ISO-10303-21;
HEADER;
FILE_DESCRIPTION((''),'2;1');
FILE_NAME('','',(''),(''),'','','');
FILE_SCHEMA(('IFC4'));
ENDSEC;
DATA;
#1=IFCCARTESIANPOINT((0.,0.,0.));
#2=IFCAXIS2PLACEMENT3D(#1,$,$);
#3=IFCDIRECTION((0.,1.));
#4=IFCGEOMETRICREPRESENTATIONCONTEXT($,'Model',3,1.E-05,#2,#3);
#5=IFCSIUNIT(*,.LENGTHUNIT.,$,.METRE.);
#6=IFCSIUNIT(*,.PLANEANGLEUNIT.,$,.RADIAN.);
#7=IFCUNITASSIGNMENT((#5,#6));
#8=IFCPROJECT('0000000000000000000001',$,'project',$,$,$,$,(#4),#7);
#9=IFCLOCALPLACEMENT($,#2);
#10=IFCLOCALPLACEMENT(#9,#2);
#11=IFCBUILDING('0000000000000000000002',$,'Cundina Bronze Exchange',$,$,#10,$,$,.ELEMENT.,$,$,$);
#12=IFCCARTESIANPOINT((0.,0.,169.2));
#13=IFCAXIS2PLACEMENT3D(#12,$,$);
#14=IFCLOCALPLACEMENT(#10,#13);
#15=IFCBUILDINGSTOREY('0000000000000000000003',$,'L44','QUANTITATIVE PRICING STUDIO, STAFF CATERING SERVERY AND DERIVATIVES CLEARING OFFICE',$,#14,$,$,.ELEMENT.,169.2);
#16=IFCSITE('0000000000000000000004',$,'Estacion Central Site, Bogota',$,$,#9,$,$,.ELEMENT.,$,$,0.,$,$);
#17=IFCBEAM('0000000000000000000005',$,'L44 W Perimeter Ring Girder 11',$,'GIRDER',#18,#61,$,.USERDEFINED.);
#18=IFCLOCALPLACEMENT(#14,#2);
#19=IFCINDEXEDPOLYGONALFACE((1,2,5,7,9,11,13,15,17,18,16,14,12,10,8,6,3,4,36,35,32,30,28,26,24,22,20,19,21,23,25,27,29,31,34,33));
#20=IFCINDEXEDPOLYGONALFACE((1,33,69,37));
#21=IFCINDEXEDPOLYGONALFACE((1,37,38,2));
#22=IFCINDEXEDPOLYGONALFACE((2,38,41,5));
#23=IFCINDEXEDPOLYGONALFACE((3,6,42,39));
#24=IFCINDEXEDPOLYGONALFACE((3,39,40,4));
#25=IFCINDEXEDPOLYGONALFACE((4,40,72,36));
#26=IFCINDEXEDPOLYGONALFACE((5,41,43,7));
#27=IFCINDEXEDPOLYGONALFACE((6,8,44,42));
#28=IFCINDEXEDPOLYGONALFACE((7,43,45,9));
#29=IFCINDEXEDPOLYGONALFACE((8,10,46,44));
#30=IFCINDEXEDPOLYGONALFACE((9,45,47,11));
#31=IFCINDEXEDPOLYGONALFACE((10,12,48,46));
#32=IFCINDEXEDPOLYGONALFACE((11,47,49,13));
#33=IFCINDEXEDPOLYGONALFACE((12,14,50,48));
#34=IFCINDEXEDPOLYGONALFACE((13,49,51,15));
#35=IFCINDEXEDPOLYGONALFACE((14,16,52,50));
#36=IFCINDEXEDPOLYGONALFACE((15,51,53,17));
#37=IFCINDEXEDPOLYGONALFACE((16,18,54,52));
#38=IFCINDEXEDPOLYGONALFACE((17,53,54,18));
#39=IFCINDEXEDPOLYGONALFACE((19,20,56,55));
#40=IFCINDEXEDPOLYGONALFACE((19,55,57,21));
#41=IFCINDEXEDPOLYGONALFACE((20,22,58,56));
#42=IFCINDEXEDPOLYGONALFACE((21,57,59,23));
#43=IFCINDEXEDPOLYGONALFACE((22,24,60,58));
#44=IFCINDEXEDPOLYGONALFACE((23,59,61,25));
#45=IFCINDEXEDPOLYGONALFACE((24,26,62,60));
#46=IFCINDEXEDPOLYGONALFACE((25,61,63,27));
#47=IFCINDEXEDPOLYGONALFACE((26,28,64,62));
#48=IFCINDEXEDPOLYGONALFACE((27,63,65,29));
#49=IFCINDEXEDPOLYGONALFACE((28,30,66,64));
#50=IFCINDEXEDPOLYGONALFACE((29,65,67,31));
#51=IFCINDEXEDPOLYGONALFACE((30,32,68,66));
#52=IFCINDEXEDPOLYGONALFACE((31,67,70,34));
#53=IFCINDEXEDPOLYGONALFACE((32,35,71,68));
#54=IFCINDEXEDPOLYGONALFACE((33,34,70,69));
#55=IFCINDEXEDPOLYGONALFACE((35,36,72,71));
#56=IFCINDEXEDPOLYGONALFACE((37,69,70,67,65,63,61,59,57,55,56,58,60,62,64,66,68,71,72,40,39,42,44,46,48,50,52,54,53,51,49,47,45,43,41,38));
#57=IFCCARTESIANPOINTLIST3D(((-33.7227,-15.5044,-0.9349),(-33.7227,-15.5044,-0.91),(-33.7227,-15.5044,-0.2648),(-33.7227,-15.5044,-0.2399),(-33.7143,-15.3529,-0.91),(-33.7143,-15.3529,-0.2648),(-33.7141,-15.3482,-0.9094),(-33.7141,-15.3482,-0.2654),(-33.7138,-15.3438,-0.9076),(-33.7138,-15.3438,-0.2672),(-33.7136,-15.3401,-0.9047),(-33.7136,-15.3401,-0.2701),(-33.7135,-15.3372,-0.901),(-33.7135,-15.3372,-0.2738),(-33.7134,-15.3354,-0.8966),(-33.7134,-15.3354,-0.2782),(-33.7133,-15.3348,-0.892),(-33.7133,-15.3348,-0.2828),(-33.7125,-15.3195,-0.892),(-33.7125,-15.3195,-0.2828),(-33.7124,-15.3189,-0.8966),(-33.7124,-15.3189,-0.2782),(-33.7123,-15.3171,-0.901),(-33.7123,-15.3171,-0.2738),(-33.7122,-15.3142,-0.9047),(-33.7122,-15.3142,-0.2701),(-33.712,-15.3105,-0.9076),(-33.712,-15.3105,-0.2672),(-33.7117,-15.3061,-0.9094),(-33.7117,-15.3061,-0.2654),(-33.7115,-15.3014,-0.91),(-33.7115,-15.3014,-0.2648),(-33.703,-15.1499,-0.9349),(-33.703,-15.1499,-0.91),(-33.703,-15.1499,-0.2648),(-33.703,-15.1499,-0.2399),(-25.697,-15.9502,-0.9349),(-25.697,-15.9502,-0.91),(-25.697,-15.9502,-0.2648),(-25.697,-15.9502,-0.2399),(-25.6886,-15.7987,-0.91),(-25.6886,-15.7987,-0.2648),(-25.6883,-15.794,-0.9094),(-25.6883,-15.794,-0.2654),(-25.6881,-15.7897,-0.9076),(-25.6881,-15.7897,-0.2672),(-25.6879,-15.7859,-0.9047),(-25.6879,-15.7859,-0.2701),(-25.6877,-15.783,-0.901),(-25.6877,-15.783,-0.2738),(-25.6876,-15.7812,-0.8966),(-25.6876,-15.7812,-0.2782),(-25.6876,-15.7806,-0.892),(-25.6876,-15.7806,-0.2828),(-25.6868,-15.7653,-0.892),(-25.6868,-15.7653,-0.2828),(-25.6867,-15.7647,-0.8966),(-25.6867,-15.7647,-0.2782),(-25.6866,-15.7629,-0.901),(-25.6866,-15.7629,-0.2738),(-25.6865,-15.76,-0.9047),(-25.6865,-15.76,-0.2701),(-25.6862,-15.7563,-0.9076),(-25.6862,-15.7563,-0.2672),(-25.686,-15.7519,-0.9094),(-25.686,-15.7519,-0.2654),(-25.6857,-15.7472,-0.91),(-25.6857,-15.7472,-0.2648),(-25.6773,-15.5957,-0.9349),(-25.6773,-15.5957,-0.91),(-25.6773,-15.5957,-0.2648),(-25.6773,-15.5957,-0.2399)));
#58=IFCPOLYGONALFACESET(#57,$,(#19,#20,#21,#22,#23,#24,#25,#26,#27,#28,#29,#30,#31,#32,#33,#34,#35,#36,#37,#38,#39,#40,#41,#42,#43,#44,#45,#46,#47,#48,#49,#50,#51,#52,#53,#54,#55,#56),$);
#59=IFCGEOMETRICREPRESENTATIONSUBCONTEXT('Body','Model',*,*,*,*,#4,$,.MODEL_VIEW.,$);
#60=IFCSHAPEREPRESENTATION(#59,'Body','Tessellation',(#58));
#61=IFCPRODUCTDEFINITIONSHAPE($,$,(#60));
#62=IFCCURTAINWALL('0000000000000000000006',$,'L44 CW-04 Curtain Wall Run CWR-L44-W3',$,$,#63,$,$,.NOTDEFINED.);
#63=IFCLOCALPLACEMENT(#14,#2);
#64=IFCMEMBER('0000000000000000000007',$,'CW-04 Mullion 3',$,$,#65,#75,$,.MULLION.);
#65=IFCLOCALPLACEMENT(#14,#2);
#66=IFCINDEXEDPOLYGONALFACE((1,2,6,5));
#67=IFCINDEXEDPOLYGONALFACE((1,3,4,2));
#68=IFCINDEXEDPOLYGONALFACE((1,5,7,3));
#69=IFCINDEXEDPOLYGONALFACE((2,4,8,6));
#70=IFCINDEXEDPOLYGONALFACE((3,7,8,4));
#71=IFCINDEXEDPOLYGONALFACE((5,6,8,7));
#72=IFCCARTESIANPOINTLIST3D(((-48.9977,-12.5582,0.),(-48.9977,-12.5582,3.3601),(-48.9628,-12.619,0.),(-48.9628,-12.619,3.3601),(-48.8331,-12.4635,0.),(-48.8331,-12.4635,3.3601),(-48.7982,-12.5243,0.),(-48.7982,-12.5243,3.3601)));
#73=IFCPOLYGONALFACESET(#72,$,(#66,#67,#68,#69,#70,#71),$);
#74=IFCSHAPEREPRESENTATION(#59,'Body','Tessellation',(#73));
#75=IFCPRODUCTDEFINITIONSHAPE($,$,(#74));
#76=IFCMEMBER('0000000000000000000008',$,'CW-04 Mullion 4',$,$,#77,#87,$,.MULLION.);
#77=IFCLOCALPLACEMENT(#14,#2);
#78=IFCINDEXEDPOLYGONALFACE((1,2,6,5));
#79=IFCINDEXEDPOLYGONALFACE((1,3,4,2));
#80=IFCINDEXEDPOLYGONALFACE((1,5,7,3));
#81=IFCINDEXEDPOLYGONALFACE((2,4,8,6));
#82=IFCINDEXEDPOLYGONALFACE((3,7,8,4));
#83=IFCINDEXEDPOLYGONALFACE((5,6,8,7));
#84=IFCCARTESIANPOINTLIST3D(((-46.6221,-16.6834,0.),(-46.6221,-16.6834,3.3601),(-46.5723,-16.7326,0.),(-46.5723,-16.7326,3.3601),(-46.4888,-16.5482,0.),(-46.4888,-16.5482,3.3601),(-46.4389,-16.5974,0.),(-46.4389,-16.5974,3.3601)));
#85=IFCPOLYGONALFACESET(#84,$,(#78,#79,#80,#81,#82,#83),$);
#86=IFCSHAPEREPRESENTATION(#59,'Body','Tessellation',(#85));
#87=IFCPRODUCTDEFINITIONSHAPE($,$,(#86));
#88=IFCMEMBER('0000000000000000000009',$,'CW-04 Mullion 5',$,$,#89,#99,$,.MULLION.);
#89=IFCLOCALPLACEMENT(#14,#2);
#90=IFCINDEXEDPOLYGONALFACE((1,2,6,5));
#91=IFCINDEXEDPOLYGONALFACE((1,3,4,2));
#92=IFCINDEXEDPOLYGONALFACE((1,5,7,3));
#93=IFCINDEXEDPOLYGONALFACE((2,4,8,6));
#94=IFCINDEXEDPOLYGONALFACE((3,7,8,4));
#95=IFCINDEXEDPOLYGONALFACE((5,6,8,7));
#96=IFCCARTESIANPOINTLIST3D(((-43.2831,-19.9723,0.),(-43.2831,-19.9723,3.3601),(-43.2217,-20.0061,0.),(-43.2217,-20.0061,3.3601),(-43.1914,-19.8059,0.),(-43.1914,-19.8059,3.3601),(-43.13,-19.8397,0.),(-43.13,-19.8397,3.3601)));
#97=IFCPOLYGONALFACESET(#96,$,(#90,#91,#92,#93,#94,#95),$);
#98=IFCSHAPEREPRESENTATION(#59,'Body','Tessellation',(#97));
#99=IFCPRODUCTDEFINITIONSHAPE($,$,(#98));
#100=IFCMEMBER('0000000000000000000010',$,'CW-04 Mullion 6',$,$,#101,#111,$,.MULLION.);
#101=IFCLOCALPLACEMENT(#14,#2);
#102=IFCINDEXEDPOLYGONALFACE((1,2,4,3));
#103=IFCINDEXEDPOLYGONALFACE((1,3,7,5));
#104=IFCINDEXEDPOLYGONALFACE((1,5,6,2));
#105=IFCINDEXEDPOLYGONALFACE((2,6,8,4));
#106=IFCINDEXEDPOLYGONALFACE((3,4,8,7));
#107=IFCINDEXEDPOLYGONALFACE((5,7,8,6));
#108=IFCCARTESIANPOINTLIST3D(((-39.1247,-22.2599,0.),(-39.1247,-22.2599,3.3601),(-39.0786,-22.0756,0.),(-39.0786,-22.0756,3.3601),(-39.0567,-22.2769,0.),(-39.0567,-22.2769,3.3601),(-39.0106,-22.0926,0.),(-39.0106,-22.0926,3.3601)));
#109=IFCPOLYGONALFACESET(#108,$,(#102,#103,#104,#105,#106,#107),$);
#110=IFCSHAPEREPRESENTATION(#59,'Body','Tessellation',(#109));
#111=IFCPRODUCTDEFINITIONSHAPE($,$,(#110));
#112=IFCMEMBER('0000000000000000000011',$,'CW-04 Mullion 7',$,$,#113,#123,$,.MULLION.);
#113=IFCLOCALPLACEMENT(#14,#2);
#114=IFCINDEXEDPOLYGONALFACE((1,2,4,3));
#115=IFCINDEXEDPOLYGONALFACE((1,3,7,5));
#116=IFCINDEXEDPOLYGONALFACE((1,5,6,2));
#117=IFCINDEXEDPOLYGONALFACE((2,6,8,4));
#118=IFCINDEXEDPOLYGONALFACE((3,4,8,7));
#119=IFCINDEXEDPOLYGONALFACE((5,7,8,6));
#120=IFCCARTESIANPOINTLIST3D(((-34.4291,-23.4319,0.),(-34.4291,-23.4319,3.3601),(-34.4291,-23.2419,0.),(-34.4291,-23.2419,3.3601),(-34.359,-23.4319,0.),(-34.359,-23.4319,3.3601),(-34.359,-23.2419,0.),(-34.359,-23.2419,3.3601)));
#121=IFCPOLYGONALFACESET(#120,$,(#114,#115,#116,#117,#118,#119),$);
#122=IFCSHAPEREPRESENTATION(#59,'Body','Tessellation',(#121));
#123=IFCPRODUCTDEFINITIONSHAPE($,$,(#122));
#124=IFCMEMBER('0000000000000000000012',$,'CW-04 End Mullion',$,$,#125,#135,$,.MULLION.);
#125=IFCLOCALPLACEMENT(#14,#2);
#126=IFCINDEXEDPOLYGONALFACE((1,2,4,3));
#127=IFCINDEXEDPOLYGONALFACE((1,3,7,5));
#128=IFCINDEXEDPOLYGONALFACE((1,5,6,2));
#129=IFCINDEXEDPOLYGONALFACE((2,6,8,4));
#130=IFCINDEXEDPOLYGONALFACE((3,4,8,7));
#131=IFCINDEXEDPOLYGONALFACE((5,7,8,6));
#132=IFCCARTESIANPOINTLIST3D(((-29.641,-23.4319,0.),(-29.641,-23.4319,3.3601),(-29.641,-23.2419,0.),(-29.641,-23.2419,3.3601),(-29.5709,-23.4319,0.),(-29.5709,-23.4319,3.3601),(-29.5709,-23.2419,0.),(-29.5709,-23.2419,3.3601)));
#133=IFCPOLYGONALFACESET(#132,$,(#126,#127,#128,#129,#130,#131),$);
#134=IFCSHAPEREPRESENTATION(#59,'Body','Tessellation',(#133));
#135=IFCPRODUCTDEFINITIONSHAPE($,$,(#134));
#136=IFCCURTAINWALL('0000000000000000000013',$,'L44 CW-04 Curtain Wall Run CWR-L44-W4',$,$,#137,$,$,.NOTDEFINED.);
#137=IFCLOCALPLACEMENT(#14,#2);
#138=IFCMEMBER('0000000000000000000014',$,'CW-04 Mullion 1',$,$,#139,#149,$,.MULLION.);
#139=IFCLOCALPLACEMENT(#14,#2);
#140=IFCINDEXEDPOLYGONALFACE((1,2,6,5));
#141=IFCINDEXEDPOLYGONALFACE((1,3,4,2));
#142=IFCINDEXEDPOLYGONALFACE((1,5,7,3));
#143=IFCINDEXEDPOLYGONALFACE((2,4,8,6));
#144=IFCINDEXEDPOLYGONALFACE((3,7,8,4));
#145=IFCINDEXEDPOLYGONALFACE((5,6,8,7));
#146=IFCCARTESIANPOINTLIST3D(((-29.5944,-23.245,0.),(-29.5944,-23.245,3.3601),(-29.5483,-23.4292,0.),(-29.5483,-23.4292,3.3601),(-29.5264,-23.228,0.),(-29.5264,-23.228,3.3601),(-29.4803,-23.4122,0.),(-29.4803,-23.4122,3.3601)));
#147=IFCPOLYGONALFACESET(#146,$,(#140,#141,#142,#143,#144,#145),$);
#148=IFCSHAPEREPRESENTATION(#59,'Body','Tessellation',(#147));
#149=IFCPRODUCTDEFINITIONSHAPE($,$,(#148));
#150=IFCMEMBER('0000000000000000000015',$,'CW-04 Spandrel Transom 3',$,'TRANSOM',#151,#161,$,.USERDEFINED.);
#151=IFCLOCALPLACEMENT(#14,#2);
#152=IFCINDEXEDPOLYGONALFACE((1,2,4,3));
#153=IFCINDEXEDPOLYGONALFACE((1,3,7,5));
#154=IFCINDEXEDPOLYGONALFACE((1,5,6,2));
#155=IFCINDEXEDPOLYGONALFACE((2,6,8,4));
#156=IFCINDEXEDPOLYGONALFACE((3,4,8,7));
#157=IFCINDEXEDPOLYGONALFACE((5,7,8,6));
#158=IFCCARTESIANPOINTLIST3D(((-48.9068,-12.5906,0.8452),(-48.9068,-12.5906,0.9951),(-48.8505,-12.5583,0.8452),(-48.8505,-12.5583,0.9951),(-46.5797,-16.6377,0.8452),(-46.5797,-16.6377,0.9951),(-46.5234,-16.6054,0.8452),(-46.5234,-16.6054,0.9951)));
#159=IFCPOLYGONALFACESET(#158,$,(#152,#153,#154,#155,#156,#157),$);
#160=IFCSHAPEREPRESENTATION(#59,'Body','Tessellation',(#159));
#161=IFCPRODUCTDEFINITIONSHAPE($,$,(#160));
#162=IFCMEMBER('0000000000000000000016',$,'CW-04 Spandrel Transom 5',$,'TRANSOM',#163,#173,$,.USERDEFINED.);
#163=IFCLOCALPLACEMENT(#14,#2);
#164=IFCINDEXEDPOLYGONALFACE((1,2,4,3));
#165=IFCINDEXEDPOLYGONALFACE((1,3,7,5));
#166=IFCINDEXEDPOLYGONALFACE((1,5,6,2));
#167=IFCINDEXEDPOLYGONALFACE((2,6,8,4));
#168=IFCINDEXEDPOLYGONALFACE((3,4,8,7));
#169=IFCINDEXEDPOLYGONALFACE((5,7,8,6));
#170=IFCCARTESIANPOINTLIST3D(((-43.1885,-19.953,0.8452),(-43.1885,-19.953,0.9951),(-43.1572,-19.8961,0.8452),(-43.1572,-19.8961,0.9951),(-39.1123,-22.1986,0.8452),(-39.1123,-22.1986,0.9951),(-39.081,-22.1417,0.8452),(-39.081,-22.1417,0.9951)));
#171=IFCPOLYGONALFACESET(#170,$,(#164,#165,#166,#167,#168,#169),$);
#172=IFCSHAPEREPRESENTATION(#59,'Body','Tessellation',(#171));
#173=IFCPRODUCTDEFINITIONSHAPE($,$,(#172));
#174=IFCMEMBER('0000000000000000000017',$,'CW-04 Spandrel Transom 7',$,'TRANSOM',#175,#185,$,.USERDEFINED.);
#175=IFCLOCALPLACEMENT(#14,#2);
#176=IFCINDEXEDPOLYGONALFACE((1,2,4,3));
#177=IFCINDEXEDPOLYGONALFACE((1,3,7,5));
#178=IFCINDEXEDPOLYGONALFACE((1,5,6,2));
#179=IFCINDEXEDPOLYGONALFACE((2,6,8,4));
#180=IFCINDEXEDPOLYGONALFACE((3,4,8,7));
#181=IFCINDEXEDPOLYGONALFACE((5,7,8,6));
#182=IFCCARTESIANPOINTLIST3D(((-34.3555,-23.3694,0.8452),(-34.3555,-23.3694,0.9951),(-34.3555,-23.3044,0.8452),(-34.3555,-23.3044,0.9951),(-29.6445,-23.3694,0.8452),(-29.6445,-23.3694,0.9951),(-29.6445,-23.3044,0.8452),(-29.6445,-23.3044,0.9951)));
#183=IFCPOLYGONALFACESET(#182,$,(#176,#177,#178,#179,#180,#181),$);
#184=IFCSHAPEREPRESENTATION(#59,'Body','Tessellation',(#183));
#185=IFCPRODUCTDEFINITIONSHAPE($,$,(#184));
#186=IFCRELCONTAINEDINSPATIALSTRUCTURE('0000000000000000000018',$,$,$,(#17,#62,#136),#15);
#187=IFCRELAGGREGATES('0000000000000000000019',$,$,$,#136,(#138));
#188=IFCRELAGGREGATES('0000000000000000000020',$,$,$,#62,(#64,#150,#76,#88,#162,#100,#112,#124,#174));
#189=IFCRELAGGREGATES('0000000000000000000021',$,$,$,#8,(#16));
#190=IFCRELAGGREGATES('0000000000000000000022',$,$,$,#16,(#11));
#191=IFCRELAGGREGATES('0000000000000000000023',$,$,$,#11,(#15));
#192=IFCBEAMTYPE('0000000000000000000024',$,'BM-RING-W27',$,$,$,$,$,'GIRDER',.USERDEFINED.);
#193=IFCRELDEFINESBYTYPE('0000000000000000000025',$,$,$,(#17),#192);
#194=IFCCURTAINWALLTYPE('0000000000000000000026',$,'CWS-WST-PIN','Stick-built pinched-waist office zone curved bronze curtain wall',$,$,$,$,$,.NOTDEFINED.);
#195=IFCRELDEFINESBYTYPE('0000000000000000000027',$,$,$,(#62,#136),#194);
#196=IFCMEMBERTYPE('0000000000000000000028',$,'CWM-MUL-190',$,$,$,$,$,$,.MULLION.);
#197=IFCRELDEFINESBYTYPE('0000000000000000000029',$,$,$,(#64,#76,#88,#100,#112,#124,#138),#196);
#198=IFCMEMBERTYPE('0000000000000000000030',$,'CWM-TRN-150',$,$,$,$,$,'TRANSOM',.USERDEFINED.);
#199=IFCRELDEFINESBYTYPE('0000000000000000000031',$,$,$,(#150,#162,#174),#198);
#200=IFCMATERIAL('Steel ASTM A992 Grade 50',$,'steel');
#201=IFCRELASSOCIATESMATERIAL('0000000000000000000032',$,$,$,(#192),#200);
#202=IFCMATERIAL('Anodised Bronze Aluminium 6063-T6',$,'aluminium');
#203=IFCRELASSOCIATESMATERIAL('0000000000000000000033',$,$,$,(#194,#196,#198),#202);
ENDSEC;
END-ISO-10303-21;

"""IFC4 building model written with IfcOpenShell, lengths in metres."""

from ifc_helpers import new_model, si_unit, direction, frame, origin, origin_2d, place, context, subcontext, project, spatial, rectangle, i_section, extrude, material, material_profile, profile_set, type_object, element, aggregate, save


model = new_model("IFC4")

# Units and contexts
model_context = context("Model", 3, precision=1e-05, world=origin(), true_north=direction((0.0, 1.0)))
body_context = subcontext(model_context, "Body", "Model", "MODEL_VIEW")
ifc_project = project(units=[si_unit("LENGTHUNIT", "METRE"), si_unit("PLANEANGLEUNIT", "RADIAN")], contexts=[model_context])

# Site, building, storey
site_placement = place(None, origin())
site = spatial("IfcSite", under=ifc_project, at=site_placement, Name="Estacion Central Site, Bogota", CompositionType="ELEMENT", RefElevation=0.0)
building_placement = place(site_placement, origin())
building = spatial("IfcBuilding", under=site, at=building_placement, Name="Cundina Bronze Exchange", CompositionType="ELEMENT")
storey_placement = place(building_placement, frame((0.0, 0.0, 169.2)))
storey = spatial("IfcBuildingStorey", under=building, at=storey_placement, Name="L44", Description="QUANTITATIVE PRICING STUDIO, STAFF CATERING SERVERY AND DERIVATIVES CLEARING OFFICE", CompositionType="ELEMENT", Elevation=169.2)

# Beam
ifc_material_1 = material(Name="Steel ASTM A992 Grade 50", Category="steel")
ifc_material_profile_1 = material_profile(ifc_material_1, i_section(OverallWidth=0.355, OverallDepth=0.6951, WebThickness=0.0154, FlangeThickness=0.0249, FilletRadius=0.0181, at=origin_2d()), Name="W27X146", Category="steel")
ifc_profile_set_1 = profile_set([ifc_material_profile_1], Name="Steel ASTM A992 Grade 50")
beam_type_1 = type_object("IfcBeamType", Name="BM-RING-W27", ElementType="GIRDER", PredefinedType="USERDEFINED", material=ifc_profile_set_1)
for number, where, z_axis, x_axis, name in (
    (1, (-33.7129, -15.3271, -0.5874), (0.998461, -0.055462, 0.0), (0.055462, 0.998461, 0.0), "L44 W Perimeter Ring Girder 11"),
):
    element("IfcBeam", number, at=place(storey_placement, frame(where, z_axis=z_axis, x_axis=x_axis)), inside=storey, type_object=beam_type_1, Name=name, ObjectType="GIRDER", PredefinedType="USERDEFINED", context=body_context, shape_type="SweptSolid", body=[
        extrude(i_section(OverallWidth=0.355, OverallDepth=0.6951, WebThickness=0.0154, FlangeThickness=0.0249, FilletRadius=0.0181, at=origin_2d()), origin(), (0.0, 0.0, 1.0), 8.0381),
    ])

# Curtain wall, members
ifc_material_2 = material(Name="Anodised Bronze Aluminium 6063-T6", Category="aluminium")
curtain_wall_type = type_object("IfcCurtainWallType", Name="CWS-WST-PIN", Description="Stick-built pinched-waist office zone curved bronze curtain wall", PredefinedType="NOTDEFINED", material=ifc_material_2)
curtain_wall_1_placement = place(storey_placement, origin())
curtain_wall_1 = element("IfcCurtainWall", 2, at=curtain_wall_1_placement, inside=storey, type_object=curtain_wall_type, Name="L44 CW-04 Curtain Wall Run CWR-L44-W3", PredefinedType="NOTDEFINED")
ifc_material_profile_2 = material_profile(ifc_material_2, rectangle(XDim=0.0701, YDim=0.1899, at=origin_2d()), Name="AL70X190", Category="aluminium")
ifc_profile_set_2 = profile_set([ifc_material_profile_2], Name="Anodised Bronze Aluminium 6063-T6")
member_type_1 = type_object("IfcMemberType", Name="CWM-MUL-190", PredefinedType="MULLION", material=ifc_profile_set_2)
member_1_placement = place(storey_placement, frame((-48.8979, -12.5413, 0.0), z_axis=(0.0, 0.0, 1.0), x_axis=(0.498488, -0.866897, 0.0)))
member_1 = element("IfcMember", 3, at=member_1_placement, type_object=member_type_1, Name="CW-04 Mullion 3", PredefinedType="MULLION", context=body_context, shape_type="SweptSolid", body=[
    extrude(rectangle(XDim=0.0701, YDim=0.1899, at=origin_2d()), origin(), (0.0, 0.0, 1.0), 3.3601),
])
member_2_placement = place(storey_placement, frame((-46.5305, -16.6404, 0.0), z_axis=(0.0, 0.0, 1.0), x_axis=(0.712026, -0.702153, 0.0)))
member_2 = element("IfcMember", 4, at=member_2_placement, type_object=member_type_1, Name="CW-04 Mullion 4", PredefinedType="MULLION", context=body_context, shape_type="SweptSolid", body=[
    extrude(rectangle(XDim=0.0701, YDim=0.1899, at=origin_2d()), origin(), (0.0, 0.0, 1.0), 3.3601),
])
member_3_placement = place(storey_placement, frame((-43.2065, -19.906, 0.0), z_axis=(0.0, 0.0, 1.0), x_axis=(0.875886, -0.482518, 0.0)))
member_3 = element("IfcMember", 5, at=member_3_placement, type_object=member_type_1, Name="CW-04 Mullion 5", PredefinedType="MULLION", context=body_context, shape_type="SweptSolid", body=[
    extrude(rectangle(XDim=0.0701, YDim=0.1899, at=origin_2d()), origin(), (0.0, 0.0, 1.0), 3.3601),
])
member_4_placement = place(storey_placement, frame((-39.0676, -22.1763, 0.0), z_axis=(0.0, 0.0, 1.0), x_axis=(0.970084, -0.242769, 0.0)))
member_4 = element("IfcMember", 6, at=member_4_placement, type_object=member_type_1, Name="CW-04 Mullion 6", PredefinedType="MULLION", context=body_context, shape_type="SweptSolid", body=[
    extrude(rectangle(XDim=0.0701, YDim=0.1899, at=origin_2d()), origin(), (0.0, 0.0, 1.0), 3.3601),
])
member_5_placement = place(storey_placement, frame((-34.394, -23.3369, 0.0), z_axis=(0.0, 0.0, 1.0), x_axis=(1.0, 0.0, 0.0)))
member_5 = element("IfcMember", 7, at=member_5_placement, type_object=member_type_1, Name="CW-04 Mullion 7", PredefinedType="MULLION", context=body_context, shape_type="SweptSolid", body=[
    extrude(rectangle(XDim=0.0701, YDim=0.1899, at=origin_2d()), origin(), (0.0, 0.0, 1.0), 3.3601),
])
member_6_placement = place(storey_placement, frame((-29.606, -23.3369, 0.0), z_axis=(0.0, 0.0, 1.0), x_axis=(1.0, 0.0, 0.0)))
member_6 = element("IfcMember", 8, at=member_6_placement, type_object=member_type_1, Name="CW-04 End Mullion", PredefinedType="MULLION", context=body_context, shape_type="SweptSolid", body=[
    extrude(rectangle(XDim=0.0701, YDim=0.1899, at=origin_2d()), origin(), (0.0, 0.0, 1.0), 3.3601),
])

# Curtain wall, member
curtain_wall_2_placement = place(storey_placement, origin())
curtain_wall_2 = element("IfcCurtainWall", 9, at=curtain_wall_2_placement, inside=storey, type_object=curtain_wall_type, Name="L44 CW-04 Curtain Wall Run CWR-L44-W4", PredefinedType="NOTDEFINED")
member_7_placement = place(storey_placement, frame((-29.5374, -23.3286, 0.0), z_axis=(0.0, 0.0, 1.0), x_axis=(0.970084, 0.242769, 0.0)))
member_7 = element("IfcMember", 10, at=member_7_placement, type_object=member_type_1, Name="CW-04 Mullion 1", PredefinedType="MULLION", context=body_context, shape_type="SweptSolid", body=[
    extrude(rectangle(XDim=0.0701, YDim=0.1899, at=origin_2d()), origin(), (0.0, 0.0, 1.0), 3.3601),
])
aggregate(curtain_wall_2, [member_7])

# Members
ifc_material_profile_3 = material_profile(ifc_material_2, rectangle(XDim=0.0649, YDim=0.1499, at=origin_2d()), Name="AL65X150", Category="aluminium")
ifc_profile_set_3 = profile_set([ifc_material_profile_3], Name="Anodised Bronze Aluminium 6063-T6")
member_type_2 = type_object("IfcMemberType", Name="CWM-TRN-150", ElementType="TRANSOM", PredefinedType="USERDEFINED", material=ifc_profile_set_3)
member_8_placement = place(storey_placement, frame((-48.8787, -12.5745, 0.9202), z_axis=(0.49848, -0.866901, 0.0), x_axis=(0.866901, 0.49848, 0.0)))
member_8 = element("IfcMember", 11, at=member_8_placement, type_object=member_type_2, Name="CW-04 Spandrel Transom 3", ObjectType="TRANSOM", PredefinedType="USERDEFINED", context=body_context, shape_type="SweptSolid", body=[
    extrude(rectangle(XDim=0.0649, YDim=0.1499, at=origin_2d()), origin(), (0.0, 0.0, 1.0), 4.6685),
])
member_9_placement = place(storey_placement, frame((-43.1729, -19.9246, 0.9202), z_axis=(0.875879, -0.482531, 0.0), x_axis=(0.482531, 0.875879, 0.0)))
member_9 = element("IfcMember", 12, at=member_9_placement, type_object=member_type_2, Name="CW-04 Spandrel Transom 5", ObjectType="TRANSOM", PredefinedType="USERDEFINED", context=body_context, shape_type="SweptSolid", body=[
    extrude(rectangle(XDim=0.0649, YDim=0.1499, at=origin_2d()), origin(), (0.0, 0.0, 1.0), 4.6538),
])
member_10_placement = place(storey_placement, frame((-34.3555, -23.3369, 0.9202), z_axis=(1.0, 0.0, 0.0), x_axis=(0.0, 1.0, 0.0)))
member_10 = element("IfcMember", 13, at=member_10_placement, type_object=member_type_2, Name="CW-04 Spandrel Transom 7", ObjectType="TRANSOM", PredefinedType="USERDEFINED", context=body_context, shape_type="SweptSolid", body=[
    extrude(rectangle(XDim=0.0649, YDim=0.1499, at=origin_2d()), origin(), (0.0, 0.0, 1.0), 4.7109),
])

aggregate(curtain_wall_1, [member_1, member_8, member_2, member_3, member_9, member_4, member_5, member_6, member_10])

save(model, "model.ifc")
